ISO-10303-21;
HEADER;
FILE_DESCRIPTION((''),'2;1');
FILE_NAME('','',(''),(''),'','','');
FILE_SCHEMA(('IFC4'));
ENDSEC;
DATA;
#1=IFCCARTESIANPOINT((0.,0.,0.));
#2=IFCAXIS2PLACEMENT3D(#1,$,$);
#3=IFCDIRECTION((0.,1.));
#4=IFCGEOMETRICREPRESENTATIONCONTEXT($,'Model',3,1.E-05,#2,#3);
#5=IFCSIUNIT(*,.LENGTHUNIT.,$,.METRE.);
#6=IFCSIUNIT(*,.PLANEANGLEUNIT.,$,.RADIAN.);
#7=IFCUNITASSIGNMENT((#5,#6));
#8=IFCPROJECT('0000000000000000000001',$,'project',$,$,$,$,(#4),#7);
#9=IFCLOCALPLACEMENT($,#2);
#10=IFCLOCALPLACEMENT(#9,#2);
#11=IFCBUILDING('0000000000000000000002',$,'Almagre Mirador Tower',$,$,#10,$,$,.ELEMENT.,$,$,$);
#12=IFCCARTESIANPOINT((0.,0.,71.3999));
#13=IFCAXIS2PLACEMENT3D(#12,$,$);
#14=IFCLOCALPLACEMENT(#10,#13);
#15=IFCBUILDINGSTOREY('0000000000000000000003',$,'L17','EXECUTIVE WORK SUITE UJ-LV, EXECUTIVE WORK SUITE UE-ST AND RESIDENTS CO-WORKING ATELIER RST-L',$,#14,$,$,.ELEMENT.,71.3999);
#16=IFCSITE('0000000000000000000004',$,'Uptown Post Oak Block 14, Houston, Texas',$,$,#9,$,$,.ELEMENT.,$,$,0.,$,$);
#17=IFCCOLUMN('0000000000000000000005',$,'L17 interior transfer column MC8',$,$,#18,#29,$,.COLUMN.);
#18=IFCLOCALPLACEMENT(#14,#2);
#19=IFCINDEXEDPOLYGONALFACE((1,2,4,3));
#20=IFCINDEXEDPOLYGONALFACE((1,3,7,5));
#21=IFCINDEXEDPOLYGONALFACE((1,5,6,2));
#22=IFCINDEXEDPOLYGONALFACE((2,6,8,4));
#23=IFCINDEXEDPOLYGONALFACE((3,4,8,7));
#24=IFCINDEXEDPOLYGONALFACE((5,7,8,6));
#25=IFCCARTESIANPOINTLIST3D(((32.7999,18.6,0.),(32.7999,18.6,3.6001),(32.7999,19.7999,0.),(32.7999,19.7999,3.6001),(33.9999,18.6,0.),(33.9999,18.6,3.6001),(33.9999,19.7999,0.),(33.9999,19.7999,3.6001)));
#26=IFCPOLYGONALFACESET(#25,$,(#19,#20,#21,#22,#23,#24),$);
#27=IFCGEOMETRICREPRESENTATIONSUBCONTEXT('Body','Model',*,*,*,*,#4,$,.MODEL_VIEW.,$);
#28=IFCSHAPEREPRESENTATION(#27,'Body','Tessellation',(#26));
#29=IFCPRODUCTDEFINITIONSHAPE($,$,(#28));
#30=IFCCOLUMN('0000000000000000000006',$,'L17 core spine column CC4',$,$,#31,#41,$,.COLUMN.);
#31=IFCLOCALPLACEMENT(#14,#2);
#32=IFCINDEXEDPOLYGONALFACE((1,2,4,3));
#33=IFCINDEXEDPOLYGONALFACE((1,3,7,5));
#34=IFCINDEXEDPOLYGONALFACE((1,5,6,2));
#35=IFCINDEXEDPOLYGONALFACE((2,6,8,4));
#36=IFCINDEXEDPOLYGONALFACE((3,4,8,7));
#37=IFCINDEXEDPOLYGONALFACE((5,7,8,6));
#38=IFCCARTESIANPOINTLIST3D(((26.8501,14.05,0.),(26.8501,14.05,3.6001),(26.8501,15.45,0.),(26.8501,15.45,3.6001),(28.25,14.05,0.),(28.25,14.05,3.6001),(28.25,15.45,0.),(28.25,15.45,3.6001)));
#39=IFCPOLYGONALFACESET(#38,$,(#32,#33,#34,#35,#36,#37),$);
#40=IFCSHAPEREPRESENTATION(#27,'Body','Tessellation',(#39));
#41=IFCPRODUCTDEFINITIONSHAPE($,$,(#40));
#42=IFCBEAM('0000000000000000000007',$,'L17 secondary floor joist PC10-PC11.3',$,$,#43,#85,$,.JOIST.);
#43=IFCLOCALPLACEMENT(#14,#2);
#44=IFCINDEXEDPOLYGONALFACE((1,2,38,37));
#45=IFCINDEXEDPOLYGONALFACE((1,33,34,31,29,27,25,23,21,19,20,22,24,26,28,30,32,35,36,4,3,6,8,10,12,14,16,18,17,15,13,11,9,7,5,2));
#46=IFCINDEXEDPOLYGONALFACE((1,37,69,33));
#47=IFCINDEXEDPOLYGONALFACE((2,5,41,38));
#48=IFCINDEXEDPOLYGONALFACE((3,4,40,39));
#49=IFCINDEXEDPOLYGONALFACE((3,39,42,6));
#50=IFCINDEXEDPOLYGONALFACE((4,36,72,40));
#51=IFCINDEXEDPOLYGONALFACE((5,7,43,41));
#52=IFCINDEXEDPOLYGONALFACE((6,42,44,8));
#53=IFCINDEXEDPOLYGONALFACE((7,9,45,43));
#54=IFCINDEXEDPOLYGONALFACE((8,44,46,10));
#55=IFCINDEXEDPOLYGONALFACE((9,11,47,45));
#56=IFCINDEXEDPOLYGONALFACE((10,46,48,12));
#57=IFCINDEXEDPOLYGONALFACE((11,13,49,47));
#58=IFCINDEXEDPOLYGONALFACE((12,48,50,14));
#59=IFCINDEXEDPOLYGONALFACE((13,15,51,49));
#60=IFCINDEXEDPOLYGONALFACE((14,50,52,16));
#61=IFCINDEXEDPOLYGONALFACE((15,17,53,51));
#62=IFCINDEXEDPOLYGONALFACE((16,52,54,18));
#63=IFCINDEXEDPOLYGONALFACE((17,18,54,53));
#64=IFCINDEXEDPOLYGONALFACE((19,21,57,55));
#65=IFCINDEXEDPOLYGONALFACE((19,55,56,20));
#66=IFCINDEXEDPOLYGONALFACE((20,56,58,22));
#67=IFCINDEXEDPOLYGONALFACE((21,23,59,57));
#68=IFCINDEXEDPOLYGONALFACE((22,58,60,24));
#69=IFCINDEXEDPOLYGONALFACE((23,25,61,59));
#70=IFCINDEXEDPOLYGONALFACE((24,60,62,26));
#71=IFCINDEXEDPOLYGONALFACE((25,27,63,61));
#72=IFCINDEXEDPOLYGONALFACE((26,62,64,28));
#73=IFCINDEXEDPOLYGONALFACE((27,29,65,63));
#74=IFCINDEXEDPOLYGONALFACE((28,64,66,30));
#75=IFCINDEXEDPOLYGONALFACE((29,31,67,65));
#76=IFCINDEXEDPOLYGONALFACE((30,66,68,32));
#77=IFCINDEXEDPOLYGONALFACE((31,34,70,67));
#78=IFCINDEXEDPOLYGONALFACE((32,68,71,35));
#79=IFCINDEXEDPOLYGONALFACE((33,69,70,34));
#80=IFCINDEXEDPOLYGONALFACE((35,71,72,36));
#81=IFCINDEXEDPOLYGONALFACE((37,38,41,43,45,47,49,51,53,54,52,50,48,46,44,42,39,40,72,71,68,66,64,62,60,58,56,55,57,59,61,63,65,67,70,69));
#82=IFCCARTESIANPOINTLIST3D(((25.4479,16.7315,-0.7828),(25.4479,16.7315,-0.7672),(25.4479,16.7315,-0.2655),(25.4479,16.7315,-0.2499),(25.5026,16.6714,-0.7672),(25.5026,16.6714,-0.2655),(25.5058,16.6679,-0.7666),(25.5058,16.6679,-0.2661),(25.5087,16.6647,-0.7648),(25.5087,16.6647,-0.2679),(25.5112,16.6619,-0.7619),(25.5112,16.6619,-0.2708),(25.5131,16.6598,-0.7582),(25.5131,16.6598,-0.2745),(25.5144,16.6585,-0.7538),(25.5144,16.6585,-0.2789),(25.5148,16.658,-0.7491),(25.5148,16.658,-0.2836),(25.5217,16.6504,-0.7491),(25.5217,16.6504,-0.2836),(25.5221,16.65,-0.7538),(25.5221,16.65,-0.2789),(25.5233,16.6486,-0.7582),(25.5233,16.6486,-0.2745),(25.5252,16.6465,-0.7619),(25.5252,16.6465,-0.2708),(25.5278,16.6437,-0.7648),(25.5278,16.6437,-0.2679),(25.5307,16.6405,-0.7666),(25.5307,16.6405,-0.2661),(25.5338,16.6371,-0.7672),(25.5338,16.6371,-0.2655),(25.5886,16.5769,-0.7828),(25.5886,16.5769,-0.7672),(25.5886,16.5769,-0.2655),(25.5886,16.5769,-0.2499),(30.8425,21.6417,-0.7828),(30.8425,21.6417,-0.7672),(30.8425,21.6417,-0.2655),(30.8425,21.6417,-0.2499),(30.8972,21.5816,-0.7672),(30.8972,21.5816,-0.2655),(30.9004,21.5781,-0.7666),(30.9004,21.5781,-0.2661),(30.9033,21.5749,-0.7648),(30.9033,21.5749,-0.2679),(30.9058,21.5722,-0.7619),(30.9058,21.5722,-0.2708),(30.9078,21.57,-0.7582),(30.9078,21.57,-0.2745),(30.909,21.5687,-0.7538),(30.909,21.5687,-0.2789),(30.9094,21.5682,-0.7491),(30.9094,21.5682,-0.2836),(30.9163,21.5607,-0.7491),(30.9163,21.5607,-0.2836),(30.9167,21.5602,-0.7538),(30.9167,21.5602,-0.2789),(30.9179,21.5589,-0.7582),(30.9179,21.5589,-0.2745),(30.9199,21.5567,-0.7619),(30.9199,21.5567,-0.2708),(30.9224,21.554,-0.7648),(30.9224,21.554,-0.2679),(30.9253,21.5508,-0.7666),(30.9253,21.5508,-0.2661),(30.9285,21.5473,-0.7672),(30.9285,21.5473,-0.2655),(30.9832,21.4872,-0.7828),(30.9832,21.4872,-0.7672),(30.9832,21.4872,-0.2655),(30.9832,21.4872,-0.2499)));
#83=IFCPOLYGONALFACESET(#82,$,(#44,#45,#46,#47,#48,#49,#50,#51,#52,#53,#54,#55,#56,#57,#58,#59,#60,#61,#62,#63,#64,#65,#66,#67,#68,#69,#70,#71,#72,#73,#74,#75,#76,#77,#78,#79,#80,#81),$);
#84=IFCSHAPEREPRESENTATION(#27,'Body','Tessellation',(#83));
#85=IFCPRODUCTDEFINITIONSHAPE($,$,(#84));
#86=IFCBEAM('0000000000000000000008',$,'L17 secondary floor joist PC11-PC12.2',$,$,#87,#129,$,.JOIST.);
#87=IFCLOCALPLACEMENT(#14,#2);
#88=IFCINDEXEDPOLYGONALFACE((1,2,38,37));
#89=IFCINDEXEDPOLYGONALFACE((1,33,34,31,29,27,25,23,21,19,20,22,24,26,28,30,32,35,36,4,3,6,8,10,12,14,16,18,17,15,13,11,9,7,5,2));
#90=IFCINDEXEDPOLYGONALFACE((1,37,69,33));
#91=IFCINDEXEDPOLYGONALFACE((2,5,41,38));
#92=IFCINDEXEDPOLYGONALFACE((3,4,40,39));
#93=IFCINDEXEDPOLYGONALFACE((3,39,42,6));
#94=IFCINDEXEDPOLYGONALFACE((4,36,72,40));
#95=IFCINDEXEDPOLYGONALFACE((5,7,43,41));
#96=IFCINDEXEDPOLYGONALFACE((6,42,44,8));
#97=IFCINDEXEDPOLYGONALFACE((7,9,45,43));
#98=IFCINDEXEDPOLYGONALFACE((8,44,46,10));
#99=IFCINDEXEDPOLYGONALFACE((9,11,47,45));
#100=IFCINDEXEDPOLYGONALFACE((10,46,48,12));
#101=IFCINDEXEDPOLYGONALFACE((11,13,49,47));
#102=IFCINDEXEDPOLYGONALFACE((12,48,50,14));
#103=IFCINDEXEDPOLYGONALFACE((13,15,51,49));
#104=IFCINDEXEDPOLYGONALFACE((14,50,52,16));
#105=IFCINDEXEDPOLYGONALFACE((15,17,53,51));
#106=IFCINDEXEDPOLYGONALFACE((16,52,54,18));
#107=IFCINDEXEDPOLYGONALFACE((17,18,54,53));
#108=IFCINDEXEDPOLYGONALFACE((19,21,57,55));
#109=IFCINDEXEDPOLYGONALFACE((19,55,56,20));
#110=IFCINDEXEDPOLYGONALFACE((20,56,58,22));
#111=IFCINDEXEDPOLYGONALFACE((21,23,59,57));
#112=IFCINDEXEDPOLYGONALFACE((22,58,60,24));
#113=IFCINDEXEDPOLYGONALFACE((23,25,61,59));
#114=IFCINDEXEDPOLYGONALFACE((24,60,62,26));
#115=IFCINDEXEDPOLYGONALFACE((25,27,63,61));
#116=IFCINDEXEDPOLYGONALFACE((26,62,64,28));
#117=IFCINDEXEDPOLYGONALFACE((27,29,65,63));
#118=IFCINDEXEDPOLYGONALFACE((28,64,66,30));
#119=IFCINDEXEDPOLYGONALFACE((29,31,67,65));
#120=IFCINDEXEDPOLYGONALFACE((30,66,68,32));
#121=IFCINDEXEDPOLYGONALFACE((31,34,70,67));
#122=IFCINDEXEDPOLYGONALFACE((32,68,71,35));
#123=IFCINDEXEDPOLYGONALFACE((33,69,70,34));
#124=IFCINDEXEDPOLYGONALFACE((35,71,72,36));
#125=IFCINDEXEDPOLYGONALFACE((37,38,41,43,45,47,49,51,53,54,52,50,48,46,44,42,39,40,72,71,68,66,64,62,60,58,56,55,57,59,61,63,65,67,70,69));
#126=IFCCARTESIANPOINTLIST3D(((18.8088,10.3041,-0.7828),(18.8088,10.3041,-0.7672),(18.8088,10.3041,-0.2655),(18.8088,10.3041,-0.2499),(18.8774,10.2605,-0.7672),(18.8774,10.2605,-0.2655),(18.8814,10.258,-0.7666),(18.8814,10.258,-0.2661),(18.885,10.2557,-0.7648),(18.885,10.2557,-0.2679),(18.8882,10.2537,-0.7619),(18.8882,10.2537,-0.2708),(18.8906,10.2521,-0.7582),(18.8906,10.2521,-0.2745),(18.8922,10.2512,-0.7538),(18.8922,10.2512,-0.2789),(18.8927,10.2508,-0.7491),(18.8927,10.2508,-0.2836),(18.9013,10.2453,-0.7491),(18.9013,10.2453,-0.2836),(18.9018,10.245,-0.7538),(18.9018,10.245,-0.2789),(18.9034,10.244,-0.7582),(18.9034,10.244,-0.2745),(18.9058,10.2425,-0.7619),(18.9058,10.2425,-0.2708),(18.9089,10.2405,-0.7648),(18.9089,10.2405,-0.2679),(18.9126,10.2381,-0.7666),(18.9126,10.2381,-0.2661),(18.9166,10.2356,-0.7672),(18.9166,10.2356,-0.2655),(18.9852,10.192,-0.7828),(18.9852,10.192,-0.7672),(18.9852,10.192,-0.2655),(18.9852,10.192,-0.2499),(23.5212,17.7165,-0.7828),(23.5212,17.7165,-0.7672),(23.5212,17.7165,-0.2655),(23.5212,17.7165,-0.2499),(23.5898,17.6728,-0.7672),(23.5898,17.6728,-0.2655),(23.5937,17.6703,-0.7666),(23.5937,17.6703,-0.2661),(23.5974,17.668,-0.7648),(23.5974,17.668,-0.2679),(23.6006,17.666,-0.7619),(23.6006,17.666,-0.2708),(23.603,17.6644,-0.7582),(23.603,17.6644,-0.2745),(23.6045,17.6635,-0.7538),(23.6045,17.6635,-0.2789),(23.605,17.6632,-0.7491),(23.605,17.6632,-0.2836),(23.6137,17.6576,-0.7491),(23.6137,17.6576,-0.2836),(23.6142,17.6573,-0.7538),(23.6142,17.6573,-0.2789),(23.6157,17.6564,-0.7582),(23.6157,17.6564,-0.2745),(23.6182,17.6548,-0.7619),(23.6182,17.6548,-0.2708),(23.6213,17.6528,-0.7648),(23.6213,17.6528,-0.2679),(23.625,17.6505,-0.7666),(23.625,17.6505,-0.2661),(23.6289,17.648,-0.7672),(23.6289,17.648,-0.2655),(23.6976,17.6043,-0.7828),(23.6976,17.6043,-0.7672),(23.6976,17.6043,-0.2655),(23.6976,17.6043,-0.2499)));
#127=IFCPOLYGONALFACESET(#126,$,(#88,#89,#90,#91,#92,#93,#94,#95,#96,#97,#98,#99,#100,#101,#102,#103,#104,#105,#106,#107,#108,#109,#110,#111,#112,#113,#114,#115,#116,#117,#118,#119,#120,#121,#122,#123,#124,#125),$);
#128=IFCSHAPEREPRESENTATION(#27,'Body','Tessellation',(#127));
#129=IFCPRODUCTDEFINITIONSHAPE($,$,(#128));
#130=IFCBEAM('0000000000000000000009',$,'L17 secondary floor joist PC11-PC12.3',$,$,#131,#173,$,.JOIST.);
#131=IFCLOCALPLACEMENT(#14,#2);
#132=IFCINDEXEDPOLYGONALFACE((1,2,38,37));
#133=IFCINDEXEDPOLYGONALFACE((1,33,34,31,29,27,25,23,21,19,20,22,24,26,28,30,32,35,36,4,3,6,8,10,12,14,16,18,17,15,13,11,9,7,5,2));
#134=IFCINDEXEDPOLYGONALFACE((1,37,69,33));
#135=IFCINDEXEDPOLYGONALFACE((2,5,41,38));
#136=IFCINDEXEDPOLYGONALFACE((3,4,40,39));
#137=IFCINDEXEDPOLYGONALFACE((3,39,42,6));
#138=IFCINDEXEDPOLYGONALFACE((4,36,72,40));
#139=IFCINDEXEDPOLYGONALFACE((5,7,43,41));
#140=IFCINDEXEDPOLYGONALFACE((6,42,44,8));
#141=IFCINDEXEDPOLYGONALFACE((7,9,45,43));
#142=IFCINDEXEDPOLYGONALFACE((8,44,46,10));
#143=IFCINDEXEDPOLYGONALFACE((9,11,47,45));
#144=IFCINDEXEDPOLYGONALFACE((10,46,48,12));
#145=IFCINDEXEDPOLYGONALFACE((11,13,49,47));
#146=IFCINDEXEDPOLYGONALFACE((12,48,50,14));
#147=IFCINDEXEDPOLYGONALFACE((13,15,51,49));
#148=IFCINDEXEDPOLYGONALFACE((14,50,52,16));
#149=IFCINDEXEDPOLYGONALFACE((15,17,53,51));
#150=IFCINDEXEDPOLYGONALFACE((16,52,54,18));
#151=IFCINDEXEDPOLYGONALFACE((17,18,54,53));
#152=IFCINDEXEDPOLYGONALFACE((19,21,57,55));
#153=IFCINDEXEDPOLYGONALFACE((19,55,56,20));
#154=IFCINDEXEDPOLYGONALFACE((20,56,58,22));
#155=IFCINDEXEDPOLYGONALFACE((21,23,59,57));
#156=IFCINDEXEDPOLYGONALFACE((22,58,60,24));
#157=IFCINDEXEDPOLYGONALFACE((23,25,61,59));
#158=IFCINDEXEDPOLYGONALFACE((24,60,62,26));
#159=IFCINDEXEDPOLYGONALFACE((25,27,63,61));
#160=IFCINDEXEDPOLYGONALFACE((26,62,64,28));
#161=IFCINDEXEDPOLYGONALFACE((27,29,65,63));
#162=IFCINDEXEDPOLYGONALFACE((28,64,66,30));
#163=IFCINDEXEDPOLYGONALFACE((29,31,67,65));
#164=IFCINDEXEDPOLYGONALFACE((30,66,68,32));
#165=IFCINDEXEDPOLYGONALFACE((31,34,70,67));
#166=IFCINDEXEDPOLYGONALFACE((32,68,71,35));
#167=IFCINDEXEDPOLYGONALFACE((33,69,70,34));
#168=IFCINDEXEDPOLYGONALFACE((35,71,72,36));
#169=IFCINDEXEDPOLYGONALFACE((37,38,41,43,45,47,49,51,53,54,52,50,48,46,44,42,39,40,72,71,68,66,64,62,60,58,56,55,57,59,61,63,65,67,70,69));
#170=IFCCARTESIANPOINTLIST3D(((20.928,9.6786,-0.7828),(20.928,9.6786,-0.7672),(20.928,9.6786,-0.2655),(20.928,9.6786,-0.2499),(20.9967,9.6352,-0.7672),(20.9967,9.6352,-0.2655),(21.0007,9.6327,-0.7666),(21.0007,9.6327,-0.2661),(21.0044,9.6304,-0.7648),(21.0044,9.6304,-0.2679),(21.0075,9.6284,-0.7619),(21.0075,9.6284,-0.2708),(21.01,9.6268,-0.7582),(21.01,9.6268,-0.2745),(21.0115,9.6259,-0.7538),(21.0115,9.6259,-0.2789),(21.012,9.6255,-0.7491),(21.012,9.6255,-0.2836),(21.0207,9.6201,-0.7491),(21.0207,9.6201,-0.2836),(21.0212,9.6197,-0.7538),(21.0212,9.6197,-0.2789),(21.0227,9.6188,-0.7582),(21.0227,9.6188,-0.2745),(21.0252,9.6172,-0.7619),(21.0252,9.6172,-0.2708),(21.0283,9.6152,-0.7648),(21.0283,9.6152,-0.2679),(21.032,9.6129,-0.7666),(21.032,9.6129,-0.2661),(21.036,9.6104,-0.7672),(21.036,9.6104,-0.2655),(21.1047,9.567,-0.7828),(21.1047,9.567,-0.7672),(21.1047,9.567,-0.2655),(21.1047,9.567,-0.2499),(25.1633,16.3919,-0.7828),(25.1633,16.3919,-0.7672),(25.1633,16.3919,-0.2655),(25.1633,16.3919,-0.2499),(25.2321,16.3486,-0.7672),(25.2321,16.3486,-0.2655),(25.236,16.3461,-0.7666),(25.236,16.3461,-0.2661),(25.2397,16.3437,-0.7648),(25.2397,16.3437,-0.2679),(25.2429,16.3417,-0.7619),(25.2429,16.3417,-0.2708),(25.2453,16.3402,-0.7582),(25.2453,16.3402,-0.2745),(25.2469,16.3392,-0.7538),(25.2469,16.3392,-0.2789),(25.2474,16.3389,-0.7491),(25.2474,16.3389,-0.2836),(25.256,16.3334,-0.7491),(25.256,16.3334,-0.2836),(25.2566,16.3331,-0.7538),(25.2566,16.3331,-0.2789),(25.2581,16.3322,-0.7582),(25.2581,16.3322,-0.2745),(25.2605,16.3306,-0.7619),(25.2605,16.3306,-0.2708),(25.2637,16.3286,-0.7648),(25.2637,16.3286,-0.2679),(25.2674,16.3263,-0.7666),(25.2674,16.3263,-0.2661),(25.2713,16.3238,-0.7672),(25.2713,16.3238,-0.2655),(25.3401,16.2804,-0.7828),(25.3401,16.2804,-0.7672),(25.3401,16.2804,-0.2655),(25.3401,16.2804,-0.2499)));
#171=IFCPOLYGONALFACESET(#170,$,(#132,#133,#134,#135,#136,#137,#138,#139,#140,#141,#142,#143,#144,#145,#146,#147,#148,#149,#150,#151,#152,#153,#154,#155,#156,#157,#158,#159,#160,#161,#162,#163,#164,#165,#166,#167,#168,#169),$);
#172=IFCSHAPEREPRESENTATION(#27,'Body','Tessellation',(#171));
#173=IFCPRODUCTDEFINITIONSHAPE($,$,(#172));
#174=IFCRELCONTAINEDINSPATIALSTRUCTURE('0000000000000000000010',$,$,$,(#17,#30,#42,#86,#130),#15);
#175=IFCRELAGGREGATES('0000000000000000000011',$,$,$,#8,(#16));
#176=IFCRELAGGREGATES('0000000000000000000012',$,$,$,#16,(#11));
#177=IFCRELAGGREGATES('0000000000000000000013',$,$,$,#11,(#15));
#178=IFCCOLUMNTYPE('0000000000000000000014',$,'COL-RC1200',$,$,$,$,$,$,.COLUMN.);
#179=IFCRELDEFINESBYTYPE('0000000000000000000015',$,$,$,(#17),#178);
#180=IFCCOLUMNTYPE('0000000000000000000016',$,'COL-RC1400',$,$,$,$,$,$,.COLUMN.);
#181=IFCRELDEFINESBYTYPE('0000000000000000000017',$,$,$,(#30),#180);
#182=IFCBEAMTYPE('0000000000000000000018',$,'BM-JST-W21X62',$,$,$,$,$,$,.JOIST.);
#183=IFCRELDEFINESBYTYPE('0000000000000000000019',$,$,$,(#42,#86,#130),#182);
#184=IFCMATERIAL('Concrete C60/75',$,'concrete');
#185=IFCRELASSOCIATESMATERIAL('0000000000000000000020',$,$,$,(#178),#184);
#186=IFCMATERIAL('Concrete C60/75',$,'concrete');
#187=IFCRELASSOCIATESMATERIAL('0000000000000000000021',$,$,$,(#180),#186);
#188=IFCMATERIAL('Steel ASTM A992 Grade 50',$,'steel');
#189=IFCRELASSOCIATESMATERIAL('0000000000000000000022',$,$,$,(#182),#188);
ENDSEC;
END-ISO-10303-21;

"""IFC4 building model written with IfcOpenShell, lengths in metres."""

from ifc_helpers import new_model, si_unit, direction, frame, origin, origin_2d, place, context, subcontext, project, spatial, rectangle, i_section, extrude, material, material_profile, profile_set, type_object, element, save


model = new_model("IFC4")

# Units and contexts
model_context = context("Model", 3, precision=1e-05, world=origin(), true_north=direction((0.0, 1.0)))
body_context = subcontext(model_context, "Body", "Model", "MODEL_VIEW")
ifc_project = project(units=[si_unit("LENGTHUNIT", "METRE"), si_unit("PLANEANGLEUNIT", "RADIAN")], contexts=[model_context])

# Site, building, storey
site_placement = place(None, origin())
site = spatial("IfcSite", under=ifc_project, at=site_placement, Name="Uptown Post Oak Block 14, Houston, Texas", CompositionType="ELEMENT", RefElevation=0.0)
building_placement = place(site_placement, origin())
building = spatial("IfcBuilding", under=site, at=building_placement, Name="Almagre Mirador Tower", CompositionType="ELEMENT")
storey_placement = place(building_placement, frame((0.0, 0.0, 71.3999)))
storey = spatial("IfcBuildingStorey", under=building, at=storey_placement, Name="L17", Description="EXECUTIVE WORK SUITE UJ-LV, EXECUTIVE WORK SUITE UE-ST AND RESIDENTS CO-WORKING ATELIER RST-L", CompositionType="ELEMENT", Elevation=71.3999)

# Columns
ifc_material_1 = material(Name="Concrete C60/75", Category="concrete")
ifc_material_profile_1 = material_profile(ifc_material_1, rectangle(XDim=1.2, YDim=1.2, at=origin_2d()), Name="RC1200X1200")
ifc_profile_set_1 = profile_set([ifc_material_profile_1], Name="Concrete C60/75")
column_type_1 = type_object("IfcColumnType", Name="COL-RC1200", PredefinedType="COLUMN", material=ifc_profile_set_1)
column_1_placement = place(storey_placement, frame((33.3999, 19.2, 0.0), z_axis=(0.0, 0.0, 1.0), x_axis=(1.0, 0.0, 0.0)))
element("IfcColumn", 1, at=column_1_placement, inside=storey, type_object=column_type_1, Name="L17 interior transfer column MC8", PredefinedType="COLUMN", context=body_context, shape_type="SweptSolid", body=[
    extrude(rectangle(XDim=1.2, YDim=1.2, at=origin_2d()), origin(), (0.0, 0.0, 1.0), 3.6001),
])
ifc_material_2 = material(Name="Concrete C60/75", Category="concrete")
ifc_material_profile_2 = material_profile(ifc_material_2, rectangle(XDim=1.3999, YDim=1.3999, at=origin_2d()), Name="RC1400X1400")
ifc_profile_set_2 = profile_set([ifc_material_profile_2], Name="Concrete C60/75")
column_type_2 = type_object("IfcColumnType", Name="COL-RC1400", PredefinedType="COLUMN", material=ifc_profile_set_2)
column_2_placement = place(storey_placement, frame((27.55, 14.75, 0.0), z_axis=(0.0, 0.0, 1.0), x_axis=(1.0, 0.0, 0.0)))
element("IfcColumn", 2, at=column_2_placement, inside=storey, type_object=column_type_2, Name="L17 core spine column CC4", PredefinedType="COLUMN", context=body_context, shape_type="SweptSolid", body=[
    extrude(rectangle(XDim=1.3999, YDim=1.3999, at=origin_2d()), origin(), (0.0, 0.0, 1.0), 3.6001),
])

# Beams
ifc_material_3 = material(Name="Steel ASTM A992 Grade 50", Category="steel")
ifc_material_profile_3 = material_profile(ifc_material_3, i_section(OverallWidth=0.209, OverallDepth=0.533, WebThickness=0.0103, FlangeThickness=0.0156, FilletRadius=0.0181, at=origin_2d()), Name="W21X62")
ifc_profile_set_3 = profile_set([ifc_material_profile_3], Name="Steel ASTM A992 Grade 50")
beam_type_1 = type_object("IfcBeamType", Name="BM-JST-W21X62", PredefinedType="JOIST", material=ifc_profile_set_3)
beam_1_placement = place(storey_placement, frame((30.9128, 21.5645, -0.5164), z_axis=(-0.739528, -0.673126, 0.0), x_axis=(0.673126, -0.739528, 0.0)))
element("IfcBeam", 3, at=beam_1_placement, inside=storey, type_object=beam_type_1, Name="L17 secondary floor joist PC10-PC11.3", PredefinedType="JOIST", context=body_context, shape_type="SweptSolid", body=[
    extrude(i_section(OverallWidth=0.209, OverallDepth=0.533, WebThickness=0.0103, FlangeThickness=0.0156, FilletRadius=0.0181, at=origin_2d()), origin(), (0.0, 0.0, 1.0), 7.2947),
])
beam_2_placement = place(storey_placement, frame((23.6094, 17.6604, -0.5164), z_axis=(-0.536507, -0.843896, 0.0), x_axis=(0.843896, -0.536507, 0.0)))
element("IfcBeam", 4, at=beam_2_placement, inside=storey, type_object=beam_type_1, Name="L17 secondary floor joist PC11-PC12.2", PredefinedType="JOIST", context=body_context, shape_type="SweptSolid", body=[
    extrude(i_section(OverallWidth=0.209, OverallDepth=0.533, WebThickness=0.0103, FlangeThickness=0.0156, FilletRadius=0.0181, at=origin_2d()), origin(), (0.0, 0.0, 1.0), 8.7834),
])
beam_3_placement = place(storey_placement, frame((25.2517, 16.3362, -0.5164), z_axis=(-0.533572, -0.845755, 0.0), x_axis=(0.845755, -0.533572, 0.0)))
element("IfcBeam", 5, at=beam_3_placement, inside=storey, type_object=beam_type_1, Name="L17 secondary floor joist PC11-PC12.3", PredefinedType="JOIST", context=body_context, shape_type="SweptSolid", body=[
    extrude(i_section(OverallWidth=0.209, OverallDepth=0.533, WebThickness=0.0103, FlangeThickness=0.0156, FilletRadius=0.0181, at=origin_2d()), origin(), (0.0, 0.0, 1.0), 7.9377),
])

save(model, "model.ifc")
